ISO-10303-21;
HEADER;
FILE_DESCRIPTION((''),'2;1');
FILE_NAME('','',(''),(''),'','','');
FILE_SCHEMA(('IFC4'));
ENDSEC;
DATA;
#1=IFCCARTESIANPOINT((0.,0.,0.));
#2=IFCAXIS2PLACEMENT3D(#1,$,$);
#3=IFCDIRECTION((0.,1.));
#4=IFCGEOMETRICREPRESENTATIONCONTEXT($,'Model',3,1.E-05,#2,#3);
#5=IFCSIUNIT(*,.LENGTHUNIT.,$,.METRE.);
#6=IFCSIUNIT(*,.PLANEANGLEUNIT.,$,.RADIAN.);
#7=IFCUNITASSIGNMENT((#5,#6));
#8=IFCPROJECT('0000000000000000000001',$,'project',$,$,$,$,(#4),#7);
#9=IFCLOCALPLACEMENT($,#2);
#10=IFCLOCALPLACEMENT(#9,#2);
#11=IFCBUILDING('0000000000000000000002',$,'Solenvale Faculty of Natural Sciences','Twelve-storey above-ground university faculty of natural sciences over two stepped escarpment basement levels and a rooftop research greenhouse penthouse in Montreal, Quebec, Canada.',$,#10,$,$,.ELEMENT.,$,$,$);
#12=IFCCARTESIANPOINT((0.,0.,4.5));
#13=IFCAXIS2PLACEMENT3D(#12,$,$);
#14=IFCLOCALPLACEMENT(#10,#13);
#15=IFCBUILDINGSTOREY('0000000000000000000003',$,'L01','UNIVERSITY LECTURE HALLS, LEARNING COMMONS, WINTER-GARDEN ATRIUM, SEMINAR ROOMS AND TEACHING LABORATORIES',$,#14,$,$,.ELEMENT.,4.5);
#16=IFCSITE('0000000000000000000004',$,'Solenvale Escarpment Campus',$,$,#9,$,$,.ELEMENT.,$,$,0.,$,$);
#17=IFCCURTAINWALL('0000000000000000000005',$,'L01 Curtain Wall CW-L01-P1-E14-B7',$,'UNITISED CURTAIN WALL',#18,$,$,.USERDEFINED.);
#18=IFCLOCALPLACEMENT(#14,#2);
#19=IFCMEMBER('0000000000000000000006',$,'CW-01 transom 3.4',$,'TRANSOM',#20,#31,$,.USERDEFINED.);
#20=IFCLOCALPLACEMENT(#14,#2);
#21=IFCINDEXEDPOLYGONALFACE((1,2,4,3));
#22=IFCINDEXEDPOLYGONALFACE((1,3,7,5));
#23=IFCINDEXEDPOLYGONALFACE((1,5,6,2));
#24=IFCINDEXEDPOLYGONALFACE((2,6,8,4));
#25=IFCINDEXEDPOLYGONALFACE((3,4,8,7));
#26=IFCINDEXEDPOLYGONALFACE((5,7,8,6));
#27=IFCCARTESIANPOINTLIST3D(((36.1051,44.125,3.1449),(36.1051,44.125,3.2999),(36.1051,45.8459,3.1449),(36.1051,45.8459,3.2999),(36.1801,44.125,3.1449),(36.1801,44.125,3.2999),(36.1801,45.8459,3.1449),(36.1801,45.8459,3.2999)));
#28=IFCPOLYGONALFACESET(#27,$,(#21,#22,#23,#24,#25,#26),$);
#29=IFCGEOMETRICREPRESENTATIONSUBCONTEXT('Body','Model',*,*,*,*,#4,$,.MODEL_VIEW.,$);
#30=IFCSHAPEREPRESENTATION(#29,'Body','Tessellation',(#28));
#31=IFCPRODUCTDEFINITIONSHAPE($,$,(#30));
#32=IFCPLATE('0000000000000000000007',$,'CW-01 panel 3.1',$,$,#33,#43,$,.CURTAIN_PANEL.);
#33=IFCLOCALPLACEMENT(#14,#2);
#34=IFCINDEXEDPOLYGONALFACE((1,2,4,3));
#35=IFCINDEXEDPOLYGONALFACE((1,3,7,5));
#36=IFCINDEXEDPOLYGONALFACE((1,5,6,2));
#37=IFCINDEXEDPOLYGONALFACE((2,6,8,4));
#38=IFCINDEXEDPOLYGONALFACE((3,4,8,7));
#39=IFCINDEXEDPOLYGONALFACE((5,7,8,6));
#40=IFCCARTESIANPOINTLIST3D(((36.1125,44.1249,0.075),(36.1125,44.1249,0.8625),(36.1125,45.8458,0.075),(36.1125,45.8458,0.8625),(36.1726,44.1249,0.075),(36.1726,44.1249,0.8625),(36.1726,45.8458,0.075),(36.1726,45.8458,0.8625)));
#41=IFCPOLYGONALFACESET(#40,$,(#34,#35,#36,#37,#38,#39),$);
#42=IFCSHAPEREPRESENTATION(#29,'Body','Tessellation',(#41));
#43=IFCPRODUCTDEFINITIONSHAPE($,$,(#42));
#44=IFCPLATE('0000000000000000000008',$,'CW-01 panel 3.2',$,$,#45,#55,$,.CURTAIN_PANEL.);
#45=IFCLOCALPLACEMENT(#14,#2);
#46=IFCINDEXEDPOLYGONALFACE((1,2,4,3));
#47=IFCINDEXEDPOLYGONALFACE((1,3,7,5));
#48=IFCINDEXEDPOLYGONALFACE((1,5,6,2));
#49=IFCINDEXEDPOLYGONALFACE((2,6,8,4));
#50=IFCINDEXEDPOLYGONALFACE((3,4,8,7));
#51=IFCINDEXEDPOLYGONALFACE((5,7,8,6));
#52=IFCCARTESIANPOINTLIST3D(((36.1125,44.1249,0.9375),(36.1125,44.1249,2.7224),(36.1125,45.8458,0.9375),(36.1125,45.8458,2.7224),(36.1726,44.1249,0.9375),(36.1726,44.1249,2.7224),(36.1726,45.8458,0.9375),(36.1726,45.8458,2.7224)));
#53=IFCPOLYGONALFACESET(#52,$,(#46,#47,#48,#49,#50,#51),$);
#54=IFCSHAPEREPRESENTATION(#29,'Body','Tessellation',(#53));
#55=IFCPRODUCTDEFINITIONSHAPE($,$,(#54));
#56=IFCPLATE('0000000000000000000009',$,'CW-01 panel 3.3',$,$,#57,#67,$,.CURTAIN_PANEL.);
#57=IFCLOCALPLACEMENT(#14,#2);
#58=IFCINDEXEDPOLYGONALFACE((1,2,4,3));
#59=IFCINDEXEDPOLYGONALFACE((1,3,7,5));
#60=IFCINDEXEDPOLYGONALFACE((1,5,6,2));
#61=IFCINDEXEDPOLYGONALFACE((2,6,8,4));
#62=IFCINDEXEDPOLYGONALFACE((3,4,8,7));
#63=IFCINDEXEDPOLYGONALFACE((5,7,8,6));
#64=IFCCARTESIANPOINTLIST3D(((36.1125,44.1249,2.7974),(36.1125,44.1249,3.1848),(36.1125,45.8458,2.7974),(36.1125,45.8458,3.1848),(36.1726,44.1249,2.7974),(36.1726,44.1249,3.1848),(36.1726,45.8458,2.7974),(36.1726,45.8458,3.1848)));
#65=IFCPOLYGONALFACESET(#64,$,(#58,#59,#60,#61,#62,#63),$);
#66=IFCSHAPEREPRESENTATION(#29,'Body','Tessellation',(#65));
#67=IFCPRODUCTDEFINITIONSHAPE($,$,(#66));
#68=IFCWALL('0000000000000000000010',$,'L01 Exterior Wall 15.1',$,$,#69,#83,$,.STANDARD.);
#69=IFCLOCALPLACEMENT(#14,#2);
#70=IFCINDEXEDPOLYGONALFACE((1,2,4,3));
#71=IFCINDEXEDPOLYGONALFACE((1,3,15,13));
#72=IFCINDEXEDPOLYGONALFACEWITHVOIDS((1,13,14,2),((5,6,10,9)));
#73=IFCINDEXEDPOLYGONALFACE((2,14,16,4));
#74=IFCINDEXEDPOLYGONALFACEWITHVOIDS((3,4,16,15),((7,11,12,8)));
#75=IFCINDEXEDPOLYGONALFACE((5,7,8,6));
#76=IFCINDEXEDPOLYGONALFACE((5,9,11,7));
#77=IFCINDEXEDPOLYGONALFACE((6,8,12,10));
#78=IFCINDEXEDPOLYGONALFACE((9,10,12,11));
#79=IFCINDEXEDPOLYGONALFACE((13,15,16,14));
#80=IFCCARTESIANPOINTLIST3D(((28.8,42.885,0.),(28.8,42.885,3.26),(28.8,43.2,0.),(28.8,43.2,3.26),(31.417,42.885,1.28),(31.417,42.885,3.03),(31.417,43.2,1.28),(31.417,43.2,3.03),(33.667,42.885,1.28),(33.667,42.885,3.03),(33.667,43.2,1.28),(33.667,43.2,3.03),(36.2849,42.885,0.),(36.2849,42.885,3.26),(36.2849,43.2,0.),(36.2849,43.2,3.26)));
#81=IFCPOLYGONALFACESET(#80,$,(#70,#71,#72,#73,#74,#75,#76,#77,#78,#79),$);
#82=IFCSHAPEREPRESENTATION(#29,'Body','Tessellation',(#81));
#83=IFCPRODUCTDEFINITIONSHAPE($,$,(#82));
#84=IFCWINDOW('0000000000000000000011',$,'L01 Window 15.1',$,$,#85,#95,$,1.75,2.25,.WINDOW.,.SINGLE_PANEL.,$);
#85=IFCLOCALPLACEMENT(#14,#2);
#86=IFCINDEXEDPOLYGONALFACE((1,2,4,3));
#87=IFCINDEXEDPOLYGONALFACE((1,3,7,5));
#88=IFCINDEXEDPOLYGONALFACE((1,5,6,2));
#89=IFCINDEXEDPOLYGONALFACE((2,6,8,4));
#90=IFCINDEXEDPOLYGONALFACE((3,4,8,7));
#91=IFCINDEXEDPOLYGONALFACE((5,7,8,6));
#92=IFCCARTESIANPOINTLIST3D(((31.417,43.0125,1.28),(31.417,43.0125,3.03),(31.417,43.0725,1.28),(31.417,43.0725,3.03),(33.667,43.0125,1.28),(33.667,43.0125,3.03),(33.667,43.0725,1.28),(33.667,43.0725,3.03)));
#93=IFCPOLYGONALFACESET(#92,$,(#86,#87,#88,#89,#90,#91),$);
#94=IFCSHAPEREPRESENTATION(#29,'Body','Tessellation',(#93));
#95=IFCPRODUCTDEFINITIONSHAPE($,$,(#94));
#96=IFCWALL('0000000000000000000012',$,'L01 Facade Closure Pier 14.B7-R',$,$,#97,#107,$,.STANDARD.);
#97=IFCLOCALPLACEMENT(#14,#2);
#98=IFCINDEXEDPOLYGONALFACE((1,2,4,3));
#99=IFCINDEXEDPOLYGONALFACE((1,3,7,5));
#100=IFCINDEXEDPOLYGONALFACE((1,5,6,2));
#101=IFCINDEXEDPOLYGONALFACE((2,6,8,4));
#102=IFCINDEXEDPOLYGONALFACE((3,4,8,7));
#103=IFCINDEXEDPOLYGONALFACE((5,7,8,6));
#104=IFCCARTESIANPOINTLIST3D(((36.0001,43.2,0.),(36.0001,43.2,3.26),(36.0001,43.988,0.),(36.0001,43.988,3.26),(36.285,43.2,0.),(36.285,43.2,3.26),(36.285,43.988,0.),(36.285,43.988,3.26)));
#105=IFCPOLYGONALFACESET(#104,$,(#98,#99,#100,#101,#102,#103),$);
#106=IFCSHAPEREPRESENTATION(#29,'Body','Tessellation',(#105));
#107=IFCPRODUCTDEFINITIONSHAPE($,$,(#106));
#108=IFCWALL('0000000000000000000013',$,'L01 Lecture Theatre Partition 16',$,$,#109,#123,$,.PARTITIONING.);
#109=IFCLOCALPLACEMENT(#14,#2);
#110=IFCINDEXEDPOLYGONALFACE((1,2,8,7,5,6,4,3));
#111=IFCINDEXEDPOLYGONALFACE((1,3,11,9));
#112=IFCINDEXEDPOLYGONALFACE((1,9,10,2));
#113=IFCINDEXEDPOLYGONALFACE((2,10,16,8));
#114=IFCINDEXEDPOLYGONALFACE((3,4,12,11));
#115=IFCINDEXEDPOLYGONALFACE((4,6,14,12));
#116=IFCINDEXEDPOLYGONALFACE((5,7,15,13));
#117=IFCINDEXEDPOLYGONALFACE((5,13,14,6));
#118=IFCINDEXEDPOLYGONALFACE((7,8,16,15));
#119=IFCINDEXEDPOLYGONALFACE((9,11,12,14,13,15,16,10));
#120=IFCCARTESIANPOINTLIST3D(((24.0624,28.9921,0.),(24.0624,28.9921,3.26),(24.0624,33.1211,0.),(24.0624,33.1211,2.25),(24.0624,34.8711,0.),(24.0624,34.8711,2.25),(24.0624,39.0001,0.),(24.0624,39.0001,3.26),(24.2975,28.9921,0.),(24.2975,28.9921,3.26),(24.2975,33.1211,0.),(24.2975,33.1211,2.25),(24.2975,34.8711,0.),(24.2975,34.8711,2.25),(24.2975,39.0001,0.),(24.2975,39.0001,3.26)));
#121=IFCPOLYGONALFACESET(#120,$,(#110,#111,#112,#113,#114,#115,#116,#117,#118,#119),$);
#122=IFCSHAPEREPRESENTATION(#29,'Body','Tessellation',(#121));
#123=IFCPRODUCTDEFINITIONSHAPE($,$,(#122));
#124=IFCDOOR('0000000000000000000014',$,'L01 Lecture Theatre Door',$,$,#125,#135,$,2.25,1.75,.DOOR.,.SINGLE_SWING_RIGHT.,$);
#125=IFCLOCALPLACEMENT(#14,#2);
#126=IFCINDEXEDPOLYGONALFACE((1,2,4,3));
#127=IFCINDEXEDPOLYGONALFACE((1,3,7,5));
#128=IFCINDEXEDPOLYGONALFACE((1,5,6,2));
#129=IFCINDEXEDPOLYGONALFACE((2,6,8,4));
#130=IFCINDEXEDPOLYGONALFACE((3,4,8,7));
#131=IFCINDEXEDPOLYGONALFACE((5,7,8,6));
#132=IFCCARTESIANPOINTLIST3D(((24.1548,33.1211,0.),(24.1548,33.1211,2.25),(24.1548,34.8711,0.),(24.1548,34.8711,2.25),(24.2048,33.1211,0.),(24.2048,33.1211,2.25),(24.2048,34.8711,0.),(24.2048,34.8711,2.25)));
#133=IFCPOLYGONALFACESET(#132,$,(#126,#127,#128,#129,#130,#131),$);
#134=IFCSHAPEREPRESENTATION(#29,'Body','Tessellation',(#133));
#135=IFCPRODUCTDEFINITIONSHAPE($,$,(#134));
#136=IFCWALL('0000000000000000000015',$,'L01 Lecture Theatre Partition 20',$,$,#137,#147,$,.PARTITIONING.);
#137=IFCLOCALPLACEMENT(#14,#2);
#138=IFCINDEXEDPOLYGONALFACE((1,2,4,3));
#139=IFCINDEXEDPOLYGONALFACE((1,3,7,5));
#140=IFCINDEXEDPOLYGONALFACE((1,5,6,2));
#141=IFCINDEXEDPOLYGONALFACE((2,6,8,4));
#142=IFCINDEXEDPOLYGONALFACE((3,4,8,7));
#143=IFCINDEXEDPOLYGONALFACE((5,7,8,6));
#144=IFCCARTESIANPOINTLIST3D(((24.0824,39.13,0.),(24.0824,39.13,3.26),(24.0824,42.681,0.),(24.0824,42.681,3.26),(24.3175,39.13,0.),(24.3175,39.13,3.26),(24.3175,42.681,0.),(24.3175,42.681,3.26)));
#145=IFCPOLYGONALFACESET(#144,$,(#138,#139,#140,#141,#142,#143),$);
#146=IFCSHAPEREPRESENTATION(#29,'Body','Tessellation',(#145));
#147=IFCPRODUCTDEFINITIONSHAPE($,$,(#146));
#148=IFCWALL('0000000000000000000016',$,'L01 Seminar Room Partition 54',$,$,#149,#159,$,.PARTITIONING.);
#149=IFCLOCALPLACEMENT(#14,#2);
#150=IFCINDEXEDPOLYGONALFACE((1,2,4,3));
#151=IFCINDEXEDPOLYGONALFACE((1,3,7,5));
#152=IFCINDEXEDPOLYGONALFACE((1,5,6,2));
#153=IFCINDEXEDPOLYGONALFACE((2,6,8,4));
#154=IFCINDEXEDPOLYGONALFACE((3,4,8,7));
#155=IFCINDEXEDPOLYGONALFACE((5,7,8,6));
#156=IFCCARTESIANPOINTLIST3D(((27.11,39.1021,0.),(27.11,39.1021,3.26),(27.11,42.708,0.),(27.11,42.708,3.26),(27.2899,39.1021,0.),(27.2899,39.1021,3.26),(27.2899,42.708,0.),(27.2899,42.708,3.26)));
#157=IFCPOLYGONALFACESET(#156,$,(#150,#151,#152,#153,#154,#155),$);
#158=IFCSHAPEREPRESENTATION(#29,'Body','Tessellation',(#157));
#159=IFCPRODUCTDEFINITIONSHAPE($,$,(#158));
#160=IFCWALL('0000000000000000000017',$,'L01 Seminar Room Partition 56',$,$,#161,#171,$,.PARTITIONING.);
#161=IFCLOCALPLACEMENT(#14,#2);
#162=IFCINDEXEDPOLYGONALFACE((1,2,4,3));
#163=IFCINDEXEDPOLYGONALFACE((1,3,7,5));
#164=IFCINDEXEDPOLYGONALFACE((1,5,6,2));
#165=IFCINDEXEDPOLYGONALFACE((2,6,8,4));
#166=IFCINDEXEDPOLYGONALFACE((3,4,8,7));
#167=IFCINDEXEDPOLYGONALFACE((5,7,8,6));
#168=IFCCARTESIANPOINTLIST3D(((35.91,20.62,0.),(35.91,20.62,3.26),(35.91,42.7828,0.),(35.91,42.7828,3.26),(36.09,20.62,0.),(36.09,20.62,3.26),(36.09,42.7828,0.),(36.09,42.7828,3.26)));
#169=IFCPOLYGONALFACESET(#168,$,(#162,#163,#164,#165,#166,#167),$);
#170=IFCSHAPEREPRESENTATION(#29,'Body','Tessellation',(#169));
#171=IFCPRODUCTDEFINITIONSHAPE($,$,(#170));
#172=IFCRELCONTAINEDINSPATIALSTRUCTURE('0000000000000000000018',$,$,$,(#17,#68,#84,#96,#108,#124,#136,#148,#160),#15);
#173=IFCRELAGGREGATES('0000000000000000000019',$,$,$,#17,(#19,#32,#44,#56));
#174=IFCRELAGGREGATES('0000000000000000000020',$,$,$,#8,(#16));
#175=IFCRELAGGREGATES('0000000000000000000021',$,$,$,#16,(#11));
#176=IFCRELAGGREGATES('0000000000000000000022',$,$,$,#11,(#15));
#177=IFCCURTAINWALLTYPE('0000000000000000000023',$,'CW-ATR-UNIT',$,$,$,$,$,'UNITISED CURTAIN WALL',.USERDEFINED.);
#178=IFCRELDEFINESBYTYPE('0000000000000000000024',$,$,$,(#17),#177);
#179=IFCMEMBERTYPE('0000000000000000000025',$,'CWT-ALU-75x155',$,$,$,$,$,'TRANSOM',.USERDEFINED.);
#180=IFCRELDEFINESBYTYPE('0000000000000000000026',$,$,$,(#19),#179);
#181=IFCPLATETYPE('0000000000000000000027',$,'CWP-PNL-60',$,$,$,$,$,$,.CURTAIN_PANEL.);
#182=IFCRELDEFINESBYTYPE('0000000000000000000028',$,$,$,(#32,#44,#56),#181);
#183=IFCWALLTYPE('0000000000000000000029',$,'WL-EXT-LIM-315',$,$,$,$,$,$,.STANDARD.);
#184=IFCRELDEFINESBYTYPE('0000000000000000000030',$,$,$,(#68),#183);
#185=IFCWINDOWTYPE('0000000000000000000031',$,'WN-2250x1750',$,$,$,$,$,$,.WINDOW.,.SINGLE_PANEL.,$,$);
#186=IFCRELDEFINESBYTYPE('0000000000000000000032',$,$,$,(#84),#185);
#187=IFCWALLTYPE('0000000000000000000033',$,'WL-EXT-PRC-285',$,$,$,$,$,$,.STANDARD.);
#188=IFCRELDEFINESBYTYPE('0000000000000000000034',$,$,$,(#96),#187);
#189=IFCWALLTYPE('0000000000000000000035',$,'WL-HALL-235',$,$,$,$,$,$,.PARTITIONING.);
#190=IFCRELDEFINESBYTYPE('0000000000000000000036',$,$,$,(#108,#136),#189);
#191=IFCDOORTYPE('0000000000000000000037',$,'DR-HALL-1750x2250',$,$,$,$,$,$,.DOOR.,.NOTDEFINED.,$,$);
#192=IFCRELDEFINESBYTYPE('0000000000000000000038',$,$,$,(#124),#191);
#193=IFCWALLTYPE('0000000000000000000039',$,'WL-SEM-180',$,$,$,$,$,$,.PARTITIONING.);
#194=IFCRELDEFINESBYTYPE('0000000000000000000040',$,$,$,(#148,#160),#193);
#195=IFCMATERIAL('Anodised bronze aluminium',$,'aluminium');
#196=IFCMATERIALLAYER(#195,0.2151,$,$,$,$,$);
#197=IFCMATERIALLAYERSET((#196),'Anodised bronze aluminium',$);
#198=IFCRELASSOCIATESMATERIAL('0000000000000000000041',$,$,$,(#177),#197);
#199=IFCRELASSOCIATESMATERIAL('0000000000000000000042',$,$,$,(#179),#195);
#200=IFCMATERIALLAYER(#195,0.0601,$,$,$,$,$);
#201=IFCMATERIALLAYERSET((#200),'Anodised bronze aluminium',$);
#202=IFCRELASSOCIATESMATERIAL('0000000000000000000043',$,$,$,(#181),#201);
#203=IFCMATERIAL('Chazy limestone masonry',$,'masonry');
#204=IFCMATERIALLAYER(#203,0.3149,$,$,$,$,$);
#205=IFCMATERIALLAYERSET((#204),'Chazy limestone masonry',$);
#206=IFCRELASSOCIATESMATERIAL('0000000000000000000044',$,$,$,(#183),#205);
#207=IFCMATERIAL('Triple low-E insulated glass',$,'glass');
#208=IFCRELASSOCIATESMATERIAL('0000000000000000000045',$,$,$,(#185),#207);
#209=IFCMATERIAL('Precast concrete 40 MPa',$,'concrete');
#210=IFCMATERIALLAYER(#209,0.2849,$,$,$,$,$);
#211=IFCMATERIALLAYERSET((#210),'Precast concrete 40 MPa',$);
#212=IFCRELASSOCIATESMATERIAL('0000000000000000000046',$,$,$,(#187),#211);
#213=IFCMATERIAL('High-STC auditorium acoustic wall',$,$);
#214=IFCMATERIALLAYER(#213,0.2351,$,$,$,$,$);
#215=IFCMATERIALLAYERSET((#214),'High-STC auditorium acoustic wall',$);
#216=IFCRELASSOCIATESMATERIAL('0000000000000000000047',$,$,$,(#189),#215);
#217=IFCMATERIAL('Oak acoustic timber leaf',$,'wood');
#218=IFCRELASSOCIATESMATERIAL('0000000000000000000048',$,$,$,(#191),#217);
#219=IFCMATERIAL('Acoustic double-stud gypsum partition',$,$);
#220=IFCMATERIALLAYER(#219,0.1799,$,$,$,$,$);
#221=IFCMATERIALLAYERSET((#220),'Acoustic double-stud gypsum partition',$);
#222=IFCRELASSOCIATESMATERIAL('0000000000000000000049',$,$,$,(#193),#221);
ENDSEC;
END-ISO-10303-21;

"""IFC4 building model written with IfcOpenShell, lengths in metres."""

from ifc_helpers import new_model, si_unit, direction, frame, frame_2d, origin, origin_2d, place, context, subcontext, project, spatial, rectangle, extrude, material, layer, layer_set, material_profile, profile_set, type_object, element, fill, aggregate, save


model = new_model("IFC4")

# Units and contexts
model_context = context("Model", 3, precision=1e-05, world=origin(), true_north=direction((0.0, 1.0)))
body_context = subcontext(model_context, "Body", "Model", "MODEL_VIEW")
ifc_project = project(units=[si_unit("LENGTHUNIT", "METRE"), si_unit("PLANEANGLEUNIT", "RADIAN")], contexts=[model_context])

# Site, building, storey
site_placement = place(None, origin())
site = spatial("IfcSite", under=ifc_project, at=site_placement, Name="Solenvale Escarpment Campus", CompositionType="ELEMENT", RefElevation=0.0)
building_placement = place(site_placement, origin())
building = spatial("IfcBuilding", under=site, at=building_placement, Name="Solenvale Faculty of Natural Sciences", Description="Twelve-storey above-ground university faculty of natural sciences over two stepped escarpment basement levels and a rooftop research greenhouse penthouse in Montreal, Quebec, Canada.", CompositionType="ELEMENT")
storey_placement = place(building_placement, frame((0.0, 0.0, 4.5)))
storey = spatial("IfcBuildingStorey", under=building, at=storey_placement, Name="L01", Description="UNIVERSITY LECTURE HALLS, LEARNING COMMONS, WINTER-GARDEN ATRIUM, SEMINAR ROOMS AND TEACHING LABORATORIES", CompositionType="ELEMENT", Elevation=4.5)

# Curtain wall, member, plates
ifc_material_1 = material(Name="Anodised bronze aluminium", Category="aluminium")
ifc_layer_1 = layer(ifc_material_1, 0.2151)
ifc_layer_set_1 = layer_set([ifc_layer_1], Name="Anodised bronze aluminium")
curtain_wall_type = type_object("IfcCurtainWallType", Name="CW-ATR-UNIT", ElementType="UNITISED CURTAIN WALL", PredefinedType="USERDEFINED", material=ifc_layer_set_1)
curtain_wall_placement = place(storey_placement, origin())
curtain_wall = element("IfcCurtainWall", 1, at=curtain_wall_placement, inside=storey, type_object=curtain_wall_type, Name="L01 Curtain Wall CW-L01-P1-E14-B7", ObjectType="UNITISED CURTAIN WALL", PredefinedType="USERDEFINED")
ifc_material_profile_1 = material_profile(ifc_material_1, rectangle(XDim=0.075, YDim=0.155, at=origin_2d()), Name="ALU-TRN-75x155")
ifc_profile_set_1 = profile_set([ifc_material_profile_1], Name="Anodised bronze aluminium")
member_type_1 = type_object("IfcMemberType", Name="CWT-ALU-75x155", ElementType="TRANSOM", PredefinedType="USERDEFINED", material=ifc_profile_set_1)
member_1_placement = place(storey_placement, frame((36.1426, 45.8459, 3.2224), z_axis=(0.0, -1.0, 0.0), x_axis=(1.0, 0.0, 0.0)))
member_1 = element("IfcMember", 2, at=member_1_placement, type_object=member_type_1, Name="CW-01 transom 3.4", ObjectType="TRANSOM", PredefinedType="USERDEFINED", context=body_context, shape_type="SweptSolid", body=[
    extrude(rectangle(XDim=0.075, YDim=0.155, at=origin_2d()), origin(), (0.0, 0.0, 1.0), 1.7209),
])
ifc_layer_2 = layer(ifc_material_1, 0.0601)
ifc_layer_set_2 = layer_set([ifc_layer_2], Name="Anodised bronze aluminium")
plate_type = type_object("IfcPlateType", Name="CWP-PNL-60", PredefinedType="CURTAIN_PANEL", material=ifc_layer_set_2)
plate_1_placement = place(storey_placement, frame((36.1426, 44.9854, 0.075), z_axis=(0.0, 0.0, 1.0), x_axis=(0.0, -1.0, 0.0)))
plate_1 = element("IfcPlate", 3, at=plate_1_placement, type_object=plate_type, Name="CW-01 panel 3.1", PredefinedType="CURTAIN_PANEL", context=body_context, shape_type="SweptSolid", body=[
    extrude(rectangle(XDim=1.7209, YDim=0.0601, at=origin_2d()), origin(), (0.0, 0.0, 1.0), 0.7876),
])
plate_2_placement = place(storey_placement, frame((36.1426, 44.9854, 0.9375), z_axis=(0.0, 0.0, 1.0), x_axis=(0.0, -1.0, 0.0)))
plate_2 = element("IfcPlate", 4, at=plate_2_placement, type_object=plate_type, Name="CW-01 panel 3.2", PredefinedType="CURTAIN_PANEL", context=body_context, shape_type="SweptSolid", body=[
    extrude(rectangle(XDim=1.7209, YDim=0.0601, at=origin_2d()), origin(), (0.0, 0.0, 1.0), 1.7849),
])
plate_3_placement = place(storey_placement, frame((36.1426, 44.9854, 2.7974), z_axis=(0.0, 0.0, 1.0), x_axis=(0.0, -1.0, 0.0)))
plate_3 = element("IfcPlate", 5, at=plate_3_placement, type_object=plate_type, Name="CW-01 panel 3.3", PredefinedType="CURTAIN_PANEL", context=body_context, shape_type="SweptSolid", body=[
    extrude(rectangle(XDim=1.7209, YDim=0.0601, at=origin_2d()), origin(), (0.0, 0.0, 1.0), 0.3875),
])
aggregate(curtain_wall, [member_1, plate_1, plate_2, plate_3])

# Wall, opening, window
ifc_material_2 = material(Name="Chazy limestone masonry", Category="masonry")
ifc_layer_3 = layer(ifc_material_2, 0.3149)
ifc_layer_set_3 = layer_set([ifc_layer_3], Name="Chazy limestone masonry")
wall_type_1 = type_object("IfcWallType", Name="WL-EXT-LIM-315", PredefinedType="STANDARD", material=ifc_layer_set_3)
wall_1_placement = place(storey_placement, frame((28.8, 43.0425, 0.0), z_axis=(0.0, 0.0, 1.0), x_axis=(1.0, 0.0, 0.0)))
wall_1 = element("IfcWall", 6, at=wall_1_placement, inside=storey, type_object=wall_type_1, Name="L01 Exterior Wall 15.1", PredefinedType="STANDARD", context=body_context, shape_type="SweptSolid", body=[
    extrude(rectangle(XDim=7.4849, YDim=0.3149, at=frame_2d((3.7424, 0.0))), origin(), (0.0, 0.0, 1.0), 3.26),
])
opening_1_placement = place(wall_1_placement, frame((2.6169, 0.0, 1.28)))
opening_1 = element("IfcOpeningElement", 7, at=opening_1_placement, cuts=wall_1, PredefinedType="OPENING", context=body_context, shape_type="SweptSolid", body=[
    extrude(rectangle(XDim=2.25, YDim=1.75, at=frame_2d((1.125, 0.875))), frame((0.0, 0.1675, 0.0), z_axis=(0.0, -1.0, 0.0), x_axis=(1.0, 0.0, 0.0)), (0.0, 0.0, 1.0), 0.335),
])
ifc_material_3 = material(Name="Triple low-E insulated glass", Category="glass")
window_type = type_object("IfcWindowType", Name="WN-2250x1750", PartitioningType="SINGLE_PANEL", PredefinedType="WINDOW", material=ifc_material_3)
window_placement = place(opening_1_placement, origin())
window = element("IfcWindow", 8, at=window_placement, inside=storey, type_object=window_type, Name="L01 Window 15.1", OverallHeight=1.75, OverallWidth=2.25, PartitioningType="SINGLE_PANEL", PredefinedType="WINDOW", context=body_context, shape_type="SweptSolid", body=[
    extrude(rectangle(XDim=2.25, YDim=1.75, at=frame_2d((1.125, 0.875))), frame((0.0, 0.03, 0.0), z_axis=(0.0, -1.0, 0.0), x_axis=(1.0, 0.0, 0.0)), (0.0, 0.0, 1.0), 0.0601),
])
fill(opening_1, window)

# Wall
ifc_material_4 = material(Name="Precast concrete 40 MPa", Category="concrete")
ifc_layer_4 = layer(ifc_material_4, 0.2849)
ifc_layer_set_4 = layer_set([ifc_layer_4], Name="Precast concrete 40 MPa")
wall_type_2 = type_object("IfcWallType", Name="WL-EXT-PRC-285", PredefinedType="STANDARD", material=ifc_layer_set_4)
wall_2_placement = place(storey_placement, frame((36.1426, 43.988, 0.0), z_axis=(0.0, 0.0, 1.0), x_axis=(0.0, -1.0, 0.0)))
element("IfcWall", 9, at=wall_2_placement, inside=storey, type_object=wall_type_2, Name="L01 Facade Closure Pier 14.B7-R", PredefinedType="STANDARD", context=body_context, shape_type="SweptSolid", body=[
    extrude(rectangle(XDim=0.7881, YDim=0.2849, at=frame_2d((0.394, 0.0))), origin(), (0.0, 0.0, 1.0), 3.26),
])

# Wall, opening, door
ifc_material_5 = material(Name="High-STC auditorium acoustic wall")
ifc_layer_5 = layer(ifc_material_5, 0.2351)
ifc_layer_set_5 = layer_set([ifc_layer_5], Name="High-STC auditorium acoustic wall")
wall_type_3 = type_object("IfcWallType", Name="WL-HALL-235", PredefinedType="PARTITIONING", material=ifc_layer_set_5)
wall_3_placement = place(storey_placement, frame((24.1799, 39.0, 0.0), z_axis=(0.0, 0.0, 1.0), x_axis=(0.0, -1.0, 0.0)))
wall_3 = element("IfcWall", 10, at=wall_3_placement, inside=storey, type_object=wall_type_3, Name="L01 Lecture Theatre Partition 16", PredefinedType="PARTITIONING", context=body_context, shape_type="SweptSolid", body=[
    extrude(rectangle(XDim=10.0081, YDim=0.2351, at=frame_2d((5.0039, 0.0))), origin(), (0.0, 0.0, 1.0), 3.26),
])
opening_2_placement = place(wall_3_placement, frame((4.1289, 0.0, 0.0)))
opening_2 = element("IfcOpeningElement", 11, at=opening_2_placement, cuts=wall_3, PredefinedType="OPENING", context=body_context, shape_type="SweptSolid", body=[
    extrude(rectangle(XDim=1.75, YDim=2.25, at=frame_2d((0.875, 1.125))), frame((0.0, 0.1274, 0.0), z_axis=(0.0, -1.0, 0.0), x_axis=(1.0, 0.0, 0.0)), (0.0, 0.0, 1.0), 0.2551),
])
ifc_material_6 = material(Name="Oak acoustic timber leaf", Category="wood")
door_type = type_object("IfcDoorType", Name="DR-HALL-1750x2250", OperationType="NOTDEFINED", PredefinedType="DOOR", material=ifc_material_6)
door_placement = place(opening_2_placement, origin())
door = element("IfcDoor", 12, at=door_placement, inside=storey, type_object=door_type, Name="L01 Lecture Theatre Door", OperationType="SINGLE_SWING_RIGHT", OverallHeight=2.25, OverallWidth=1.75, PredefinedType="DOOR", context=body_context, shape_type="SweptSolid", body=[
    extrude(rectangle(XDim=1.75, YDim=2.25, at=frame_2d((0.875, 1.125))), frame((0.0, 0.0249, 0.0), z_axis=(0.0, -1.0, 0.0), x_axis=(1.0, 0.0, 0.0)), (0.0, 0.0, 1.0), 0.05),
])
fill(opening_2, door)

# Walls
wall_4_placement = place(storey_placement, frame((24.2, 42.6809, 0.0), z_axis=(0.0, 0.0, 1.0), x_axis=(0.0, -1.0, 0.0)))
element("IfcWall", 13, at=wall_4_placement, inside=storey, type_object=wall_type_3, Name="L01 Lecture Theatre Partition 20", PredefinedType="PARTITIONING", context=body_context, shape_type="SweptSolid", body=[
    extrude(rectangle(XDim=3.551, YDim=0.2351, at=frame_2d((1.7754, 0.0))), origin(), (0.0, 0.0, 1.0), 3.26),
])
ifc_material_7 = material(Name="Acoustic double-stud gypsum partition")
ifc_layer_6 = layer(ifc_material_7, 0.1799)
ifc_layer_set_6 = layer_set([ifc_layer_6], Name="Acoustic double-stud gypsum partition")
wall_type_4 = type_object("IfcWallType", Name="WL-SEM-180", PredefinedType="PARTITIONING", material=ifc_layer_set_6)
wall_5_placement = place(storey_placement, frame((27.2, 39.1021, 0.0), z_axis=(0.0, 0.0, 1.0), x_axis=(0.0, 1.0, 0.0)))
element("IfcWall", 14, at=wall_5_placement, inside=storey, type_object=wall_type_4, Name="L01 Seminar Room Partition 54", PredefinedType="PARTITIONING", context=body_context, shape_type="SweptSolid", body=[
    extrude(rectangle(XDim=3.606, YDim=0.1799, at=frame_2d((1.803, 0.0))), origin(), (0.0, 0.0, 1.0), 3.26),
])
wall_6_placement = place(storey_placement, frame((36.0, 42.783, 0.0), z_axis=(0.0, 0.0, 1.0), x_axis=(0.0, -1.0, 0.0)))
element("IfcWall", 15, at=wall_6_placement, inside=storey, type_object=wall_type_4, Name="L01 Seminar Room Partition 56", PredefinedType="PARTITIONING", context=body_context, shape_type="SweptSolid", body=[
    extrude(rectangle(XDim=22.1628, YDim=0.1799, at=frame_2d((11.0815, 0.0))), origin(), (0.0, 0.0, 1.0), 3.26),
])

save(model, "model.ifc")
